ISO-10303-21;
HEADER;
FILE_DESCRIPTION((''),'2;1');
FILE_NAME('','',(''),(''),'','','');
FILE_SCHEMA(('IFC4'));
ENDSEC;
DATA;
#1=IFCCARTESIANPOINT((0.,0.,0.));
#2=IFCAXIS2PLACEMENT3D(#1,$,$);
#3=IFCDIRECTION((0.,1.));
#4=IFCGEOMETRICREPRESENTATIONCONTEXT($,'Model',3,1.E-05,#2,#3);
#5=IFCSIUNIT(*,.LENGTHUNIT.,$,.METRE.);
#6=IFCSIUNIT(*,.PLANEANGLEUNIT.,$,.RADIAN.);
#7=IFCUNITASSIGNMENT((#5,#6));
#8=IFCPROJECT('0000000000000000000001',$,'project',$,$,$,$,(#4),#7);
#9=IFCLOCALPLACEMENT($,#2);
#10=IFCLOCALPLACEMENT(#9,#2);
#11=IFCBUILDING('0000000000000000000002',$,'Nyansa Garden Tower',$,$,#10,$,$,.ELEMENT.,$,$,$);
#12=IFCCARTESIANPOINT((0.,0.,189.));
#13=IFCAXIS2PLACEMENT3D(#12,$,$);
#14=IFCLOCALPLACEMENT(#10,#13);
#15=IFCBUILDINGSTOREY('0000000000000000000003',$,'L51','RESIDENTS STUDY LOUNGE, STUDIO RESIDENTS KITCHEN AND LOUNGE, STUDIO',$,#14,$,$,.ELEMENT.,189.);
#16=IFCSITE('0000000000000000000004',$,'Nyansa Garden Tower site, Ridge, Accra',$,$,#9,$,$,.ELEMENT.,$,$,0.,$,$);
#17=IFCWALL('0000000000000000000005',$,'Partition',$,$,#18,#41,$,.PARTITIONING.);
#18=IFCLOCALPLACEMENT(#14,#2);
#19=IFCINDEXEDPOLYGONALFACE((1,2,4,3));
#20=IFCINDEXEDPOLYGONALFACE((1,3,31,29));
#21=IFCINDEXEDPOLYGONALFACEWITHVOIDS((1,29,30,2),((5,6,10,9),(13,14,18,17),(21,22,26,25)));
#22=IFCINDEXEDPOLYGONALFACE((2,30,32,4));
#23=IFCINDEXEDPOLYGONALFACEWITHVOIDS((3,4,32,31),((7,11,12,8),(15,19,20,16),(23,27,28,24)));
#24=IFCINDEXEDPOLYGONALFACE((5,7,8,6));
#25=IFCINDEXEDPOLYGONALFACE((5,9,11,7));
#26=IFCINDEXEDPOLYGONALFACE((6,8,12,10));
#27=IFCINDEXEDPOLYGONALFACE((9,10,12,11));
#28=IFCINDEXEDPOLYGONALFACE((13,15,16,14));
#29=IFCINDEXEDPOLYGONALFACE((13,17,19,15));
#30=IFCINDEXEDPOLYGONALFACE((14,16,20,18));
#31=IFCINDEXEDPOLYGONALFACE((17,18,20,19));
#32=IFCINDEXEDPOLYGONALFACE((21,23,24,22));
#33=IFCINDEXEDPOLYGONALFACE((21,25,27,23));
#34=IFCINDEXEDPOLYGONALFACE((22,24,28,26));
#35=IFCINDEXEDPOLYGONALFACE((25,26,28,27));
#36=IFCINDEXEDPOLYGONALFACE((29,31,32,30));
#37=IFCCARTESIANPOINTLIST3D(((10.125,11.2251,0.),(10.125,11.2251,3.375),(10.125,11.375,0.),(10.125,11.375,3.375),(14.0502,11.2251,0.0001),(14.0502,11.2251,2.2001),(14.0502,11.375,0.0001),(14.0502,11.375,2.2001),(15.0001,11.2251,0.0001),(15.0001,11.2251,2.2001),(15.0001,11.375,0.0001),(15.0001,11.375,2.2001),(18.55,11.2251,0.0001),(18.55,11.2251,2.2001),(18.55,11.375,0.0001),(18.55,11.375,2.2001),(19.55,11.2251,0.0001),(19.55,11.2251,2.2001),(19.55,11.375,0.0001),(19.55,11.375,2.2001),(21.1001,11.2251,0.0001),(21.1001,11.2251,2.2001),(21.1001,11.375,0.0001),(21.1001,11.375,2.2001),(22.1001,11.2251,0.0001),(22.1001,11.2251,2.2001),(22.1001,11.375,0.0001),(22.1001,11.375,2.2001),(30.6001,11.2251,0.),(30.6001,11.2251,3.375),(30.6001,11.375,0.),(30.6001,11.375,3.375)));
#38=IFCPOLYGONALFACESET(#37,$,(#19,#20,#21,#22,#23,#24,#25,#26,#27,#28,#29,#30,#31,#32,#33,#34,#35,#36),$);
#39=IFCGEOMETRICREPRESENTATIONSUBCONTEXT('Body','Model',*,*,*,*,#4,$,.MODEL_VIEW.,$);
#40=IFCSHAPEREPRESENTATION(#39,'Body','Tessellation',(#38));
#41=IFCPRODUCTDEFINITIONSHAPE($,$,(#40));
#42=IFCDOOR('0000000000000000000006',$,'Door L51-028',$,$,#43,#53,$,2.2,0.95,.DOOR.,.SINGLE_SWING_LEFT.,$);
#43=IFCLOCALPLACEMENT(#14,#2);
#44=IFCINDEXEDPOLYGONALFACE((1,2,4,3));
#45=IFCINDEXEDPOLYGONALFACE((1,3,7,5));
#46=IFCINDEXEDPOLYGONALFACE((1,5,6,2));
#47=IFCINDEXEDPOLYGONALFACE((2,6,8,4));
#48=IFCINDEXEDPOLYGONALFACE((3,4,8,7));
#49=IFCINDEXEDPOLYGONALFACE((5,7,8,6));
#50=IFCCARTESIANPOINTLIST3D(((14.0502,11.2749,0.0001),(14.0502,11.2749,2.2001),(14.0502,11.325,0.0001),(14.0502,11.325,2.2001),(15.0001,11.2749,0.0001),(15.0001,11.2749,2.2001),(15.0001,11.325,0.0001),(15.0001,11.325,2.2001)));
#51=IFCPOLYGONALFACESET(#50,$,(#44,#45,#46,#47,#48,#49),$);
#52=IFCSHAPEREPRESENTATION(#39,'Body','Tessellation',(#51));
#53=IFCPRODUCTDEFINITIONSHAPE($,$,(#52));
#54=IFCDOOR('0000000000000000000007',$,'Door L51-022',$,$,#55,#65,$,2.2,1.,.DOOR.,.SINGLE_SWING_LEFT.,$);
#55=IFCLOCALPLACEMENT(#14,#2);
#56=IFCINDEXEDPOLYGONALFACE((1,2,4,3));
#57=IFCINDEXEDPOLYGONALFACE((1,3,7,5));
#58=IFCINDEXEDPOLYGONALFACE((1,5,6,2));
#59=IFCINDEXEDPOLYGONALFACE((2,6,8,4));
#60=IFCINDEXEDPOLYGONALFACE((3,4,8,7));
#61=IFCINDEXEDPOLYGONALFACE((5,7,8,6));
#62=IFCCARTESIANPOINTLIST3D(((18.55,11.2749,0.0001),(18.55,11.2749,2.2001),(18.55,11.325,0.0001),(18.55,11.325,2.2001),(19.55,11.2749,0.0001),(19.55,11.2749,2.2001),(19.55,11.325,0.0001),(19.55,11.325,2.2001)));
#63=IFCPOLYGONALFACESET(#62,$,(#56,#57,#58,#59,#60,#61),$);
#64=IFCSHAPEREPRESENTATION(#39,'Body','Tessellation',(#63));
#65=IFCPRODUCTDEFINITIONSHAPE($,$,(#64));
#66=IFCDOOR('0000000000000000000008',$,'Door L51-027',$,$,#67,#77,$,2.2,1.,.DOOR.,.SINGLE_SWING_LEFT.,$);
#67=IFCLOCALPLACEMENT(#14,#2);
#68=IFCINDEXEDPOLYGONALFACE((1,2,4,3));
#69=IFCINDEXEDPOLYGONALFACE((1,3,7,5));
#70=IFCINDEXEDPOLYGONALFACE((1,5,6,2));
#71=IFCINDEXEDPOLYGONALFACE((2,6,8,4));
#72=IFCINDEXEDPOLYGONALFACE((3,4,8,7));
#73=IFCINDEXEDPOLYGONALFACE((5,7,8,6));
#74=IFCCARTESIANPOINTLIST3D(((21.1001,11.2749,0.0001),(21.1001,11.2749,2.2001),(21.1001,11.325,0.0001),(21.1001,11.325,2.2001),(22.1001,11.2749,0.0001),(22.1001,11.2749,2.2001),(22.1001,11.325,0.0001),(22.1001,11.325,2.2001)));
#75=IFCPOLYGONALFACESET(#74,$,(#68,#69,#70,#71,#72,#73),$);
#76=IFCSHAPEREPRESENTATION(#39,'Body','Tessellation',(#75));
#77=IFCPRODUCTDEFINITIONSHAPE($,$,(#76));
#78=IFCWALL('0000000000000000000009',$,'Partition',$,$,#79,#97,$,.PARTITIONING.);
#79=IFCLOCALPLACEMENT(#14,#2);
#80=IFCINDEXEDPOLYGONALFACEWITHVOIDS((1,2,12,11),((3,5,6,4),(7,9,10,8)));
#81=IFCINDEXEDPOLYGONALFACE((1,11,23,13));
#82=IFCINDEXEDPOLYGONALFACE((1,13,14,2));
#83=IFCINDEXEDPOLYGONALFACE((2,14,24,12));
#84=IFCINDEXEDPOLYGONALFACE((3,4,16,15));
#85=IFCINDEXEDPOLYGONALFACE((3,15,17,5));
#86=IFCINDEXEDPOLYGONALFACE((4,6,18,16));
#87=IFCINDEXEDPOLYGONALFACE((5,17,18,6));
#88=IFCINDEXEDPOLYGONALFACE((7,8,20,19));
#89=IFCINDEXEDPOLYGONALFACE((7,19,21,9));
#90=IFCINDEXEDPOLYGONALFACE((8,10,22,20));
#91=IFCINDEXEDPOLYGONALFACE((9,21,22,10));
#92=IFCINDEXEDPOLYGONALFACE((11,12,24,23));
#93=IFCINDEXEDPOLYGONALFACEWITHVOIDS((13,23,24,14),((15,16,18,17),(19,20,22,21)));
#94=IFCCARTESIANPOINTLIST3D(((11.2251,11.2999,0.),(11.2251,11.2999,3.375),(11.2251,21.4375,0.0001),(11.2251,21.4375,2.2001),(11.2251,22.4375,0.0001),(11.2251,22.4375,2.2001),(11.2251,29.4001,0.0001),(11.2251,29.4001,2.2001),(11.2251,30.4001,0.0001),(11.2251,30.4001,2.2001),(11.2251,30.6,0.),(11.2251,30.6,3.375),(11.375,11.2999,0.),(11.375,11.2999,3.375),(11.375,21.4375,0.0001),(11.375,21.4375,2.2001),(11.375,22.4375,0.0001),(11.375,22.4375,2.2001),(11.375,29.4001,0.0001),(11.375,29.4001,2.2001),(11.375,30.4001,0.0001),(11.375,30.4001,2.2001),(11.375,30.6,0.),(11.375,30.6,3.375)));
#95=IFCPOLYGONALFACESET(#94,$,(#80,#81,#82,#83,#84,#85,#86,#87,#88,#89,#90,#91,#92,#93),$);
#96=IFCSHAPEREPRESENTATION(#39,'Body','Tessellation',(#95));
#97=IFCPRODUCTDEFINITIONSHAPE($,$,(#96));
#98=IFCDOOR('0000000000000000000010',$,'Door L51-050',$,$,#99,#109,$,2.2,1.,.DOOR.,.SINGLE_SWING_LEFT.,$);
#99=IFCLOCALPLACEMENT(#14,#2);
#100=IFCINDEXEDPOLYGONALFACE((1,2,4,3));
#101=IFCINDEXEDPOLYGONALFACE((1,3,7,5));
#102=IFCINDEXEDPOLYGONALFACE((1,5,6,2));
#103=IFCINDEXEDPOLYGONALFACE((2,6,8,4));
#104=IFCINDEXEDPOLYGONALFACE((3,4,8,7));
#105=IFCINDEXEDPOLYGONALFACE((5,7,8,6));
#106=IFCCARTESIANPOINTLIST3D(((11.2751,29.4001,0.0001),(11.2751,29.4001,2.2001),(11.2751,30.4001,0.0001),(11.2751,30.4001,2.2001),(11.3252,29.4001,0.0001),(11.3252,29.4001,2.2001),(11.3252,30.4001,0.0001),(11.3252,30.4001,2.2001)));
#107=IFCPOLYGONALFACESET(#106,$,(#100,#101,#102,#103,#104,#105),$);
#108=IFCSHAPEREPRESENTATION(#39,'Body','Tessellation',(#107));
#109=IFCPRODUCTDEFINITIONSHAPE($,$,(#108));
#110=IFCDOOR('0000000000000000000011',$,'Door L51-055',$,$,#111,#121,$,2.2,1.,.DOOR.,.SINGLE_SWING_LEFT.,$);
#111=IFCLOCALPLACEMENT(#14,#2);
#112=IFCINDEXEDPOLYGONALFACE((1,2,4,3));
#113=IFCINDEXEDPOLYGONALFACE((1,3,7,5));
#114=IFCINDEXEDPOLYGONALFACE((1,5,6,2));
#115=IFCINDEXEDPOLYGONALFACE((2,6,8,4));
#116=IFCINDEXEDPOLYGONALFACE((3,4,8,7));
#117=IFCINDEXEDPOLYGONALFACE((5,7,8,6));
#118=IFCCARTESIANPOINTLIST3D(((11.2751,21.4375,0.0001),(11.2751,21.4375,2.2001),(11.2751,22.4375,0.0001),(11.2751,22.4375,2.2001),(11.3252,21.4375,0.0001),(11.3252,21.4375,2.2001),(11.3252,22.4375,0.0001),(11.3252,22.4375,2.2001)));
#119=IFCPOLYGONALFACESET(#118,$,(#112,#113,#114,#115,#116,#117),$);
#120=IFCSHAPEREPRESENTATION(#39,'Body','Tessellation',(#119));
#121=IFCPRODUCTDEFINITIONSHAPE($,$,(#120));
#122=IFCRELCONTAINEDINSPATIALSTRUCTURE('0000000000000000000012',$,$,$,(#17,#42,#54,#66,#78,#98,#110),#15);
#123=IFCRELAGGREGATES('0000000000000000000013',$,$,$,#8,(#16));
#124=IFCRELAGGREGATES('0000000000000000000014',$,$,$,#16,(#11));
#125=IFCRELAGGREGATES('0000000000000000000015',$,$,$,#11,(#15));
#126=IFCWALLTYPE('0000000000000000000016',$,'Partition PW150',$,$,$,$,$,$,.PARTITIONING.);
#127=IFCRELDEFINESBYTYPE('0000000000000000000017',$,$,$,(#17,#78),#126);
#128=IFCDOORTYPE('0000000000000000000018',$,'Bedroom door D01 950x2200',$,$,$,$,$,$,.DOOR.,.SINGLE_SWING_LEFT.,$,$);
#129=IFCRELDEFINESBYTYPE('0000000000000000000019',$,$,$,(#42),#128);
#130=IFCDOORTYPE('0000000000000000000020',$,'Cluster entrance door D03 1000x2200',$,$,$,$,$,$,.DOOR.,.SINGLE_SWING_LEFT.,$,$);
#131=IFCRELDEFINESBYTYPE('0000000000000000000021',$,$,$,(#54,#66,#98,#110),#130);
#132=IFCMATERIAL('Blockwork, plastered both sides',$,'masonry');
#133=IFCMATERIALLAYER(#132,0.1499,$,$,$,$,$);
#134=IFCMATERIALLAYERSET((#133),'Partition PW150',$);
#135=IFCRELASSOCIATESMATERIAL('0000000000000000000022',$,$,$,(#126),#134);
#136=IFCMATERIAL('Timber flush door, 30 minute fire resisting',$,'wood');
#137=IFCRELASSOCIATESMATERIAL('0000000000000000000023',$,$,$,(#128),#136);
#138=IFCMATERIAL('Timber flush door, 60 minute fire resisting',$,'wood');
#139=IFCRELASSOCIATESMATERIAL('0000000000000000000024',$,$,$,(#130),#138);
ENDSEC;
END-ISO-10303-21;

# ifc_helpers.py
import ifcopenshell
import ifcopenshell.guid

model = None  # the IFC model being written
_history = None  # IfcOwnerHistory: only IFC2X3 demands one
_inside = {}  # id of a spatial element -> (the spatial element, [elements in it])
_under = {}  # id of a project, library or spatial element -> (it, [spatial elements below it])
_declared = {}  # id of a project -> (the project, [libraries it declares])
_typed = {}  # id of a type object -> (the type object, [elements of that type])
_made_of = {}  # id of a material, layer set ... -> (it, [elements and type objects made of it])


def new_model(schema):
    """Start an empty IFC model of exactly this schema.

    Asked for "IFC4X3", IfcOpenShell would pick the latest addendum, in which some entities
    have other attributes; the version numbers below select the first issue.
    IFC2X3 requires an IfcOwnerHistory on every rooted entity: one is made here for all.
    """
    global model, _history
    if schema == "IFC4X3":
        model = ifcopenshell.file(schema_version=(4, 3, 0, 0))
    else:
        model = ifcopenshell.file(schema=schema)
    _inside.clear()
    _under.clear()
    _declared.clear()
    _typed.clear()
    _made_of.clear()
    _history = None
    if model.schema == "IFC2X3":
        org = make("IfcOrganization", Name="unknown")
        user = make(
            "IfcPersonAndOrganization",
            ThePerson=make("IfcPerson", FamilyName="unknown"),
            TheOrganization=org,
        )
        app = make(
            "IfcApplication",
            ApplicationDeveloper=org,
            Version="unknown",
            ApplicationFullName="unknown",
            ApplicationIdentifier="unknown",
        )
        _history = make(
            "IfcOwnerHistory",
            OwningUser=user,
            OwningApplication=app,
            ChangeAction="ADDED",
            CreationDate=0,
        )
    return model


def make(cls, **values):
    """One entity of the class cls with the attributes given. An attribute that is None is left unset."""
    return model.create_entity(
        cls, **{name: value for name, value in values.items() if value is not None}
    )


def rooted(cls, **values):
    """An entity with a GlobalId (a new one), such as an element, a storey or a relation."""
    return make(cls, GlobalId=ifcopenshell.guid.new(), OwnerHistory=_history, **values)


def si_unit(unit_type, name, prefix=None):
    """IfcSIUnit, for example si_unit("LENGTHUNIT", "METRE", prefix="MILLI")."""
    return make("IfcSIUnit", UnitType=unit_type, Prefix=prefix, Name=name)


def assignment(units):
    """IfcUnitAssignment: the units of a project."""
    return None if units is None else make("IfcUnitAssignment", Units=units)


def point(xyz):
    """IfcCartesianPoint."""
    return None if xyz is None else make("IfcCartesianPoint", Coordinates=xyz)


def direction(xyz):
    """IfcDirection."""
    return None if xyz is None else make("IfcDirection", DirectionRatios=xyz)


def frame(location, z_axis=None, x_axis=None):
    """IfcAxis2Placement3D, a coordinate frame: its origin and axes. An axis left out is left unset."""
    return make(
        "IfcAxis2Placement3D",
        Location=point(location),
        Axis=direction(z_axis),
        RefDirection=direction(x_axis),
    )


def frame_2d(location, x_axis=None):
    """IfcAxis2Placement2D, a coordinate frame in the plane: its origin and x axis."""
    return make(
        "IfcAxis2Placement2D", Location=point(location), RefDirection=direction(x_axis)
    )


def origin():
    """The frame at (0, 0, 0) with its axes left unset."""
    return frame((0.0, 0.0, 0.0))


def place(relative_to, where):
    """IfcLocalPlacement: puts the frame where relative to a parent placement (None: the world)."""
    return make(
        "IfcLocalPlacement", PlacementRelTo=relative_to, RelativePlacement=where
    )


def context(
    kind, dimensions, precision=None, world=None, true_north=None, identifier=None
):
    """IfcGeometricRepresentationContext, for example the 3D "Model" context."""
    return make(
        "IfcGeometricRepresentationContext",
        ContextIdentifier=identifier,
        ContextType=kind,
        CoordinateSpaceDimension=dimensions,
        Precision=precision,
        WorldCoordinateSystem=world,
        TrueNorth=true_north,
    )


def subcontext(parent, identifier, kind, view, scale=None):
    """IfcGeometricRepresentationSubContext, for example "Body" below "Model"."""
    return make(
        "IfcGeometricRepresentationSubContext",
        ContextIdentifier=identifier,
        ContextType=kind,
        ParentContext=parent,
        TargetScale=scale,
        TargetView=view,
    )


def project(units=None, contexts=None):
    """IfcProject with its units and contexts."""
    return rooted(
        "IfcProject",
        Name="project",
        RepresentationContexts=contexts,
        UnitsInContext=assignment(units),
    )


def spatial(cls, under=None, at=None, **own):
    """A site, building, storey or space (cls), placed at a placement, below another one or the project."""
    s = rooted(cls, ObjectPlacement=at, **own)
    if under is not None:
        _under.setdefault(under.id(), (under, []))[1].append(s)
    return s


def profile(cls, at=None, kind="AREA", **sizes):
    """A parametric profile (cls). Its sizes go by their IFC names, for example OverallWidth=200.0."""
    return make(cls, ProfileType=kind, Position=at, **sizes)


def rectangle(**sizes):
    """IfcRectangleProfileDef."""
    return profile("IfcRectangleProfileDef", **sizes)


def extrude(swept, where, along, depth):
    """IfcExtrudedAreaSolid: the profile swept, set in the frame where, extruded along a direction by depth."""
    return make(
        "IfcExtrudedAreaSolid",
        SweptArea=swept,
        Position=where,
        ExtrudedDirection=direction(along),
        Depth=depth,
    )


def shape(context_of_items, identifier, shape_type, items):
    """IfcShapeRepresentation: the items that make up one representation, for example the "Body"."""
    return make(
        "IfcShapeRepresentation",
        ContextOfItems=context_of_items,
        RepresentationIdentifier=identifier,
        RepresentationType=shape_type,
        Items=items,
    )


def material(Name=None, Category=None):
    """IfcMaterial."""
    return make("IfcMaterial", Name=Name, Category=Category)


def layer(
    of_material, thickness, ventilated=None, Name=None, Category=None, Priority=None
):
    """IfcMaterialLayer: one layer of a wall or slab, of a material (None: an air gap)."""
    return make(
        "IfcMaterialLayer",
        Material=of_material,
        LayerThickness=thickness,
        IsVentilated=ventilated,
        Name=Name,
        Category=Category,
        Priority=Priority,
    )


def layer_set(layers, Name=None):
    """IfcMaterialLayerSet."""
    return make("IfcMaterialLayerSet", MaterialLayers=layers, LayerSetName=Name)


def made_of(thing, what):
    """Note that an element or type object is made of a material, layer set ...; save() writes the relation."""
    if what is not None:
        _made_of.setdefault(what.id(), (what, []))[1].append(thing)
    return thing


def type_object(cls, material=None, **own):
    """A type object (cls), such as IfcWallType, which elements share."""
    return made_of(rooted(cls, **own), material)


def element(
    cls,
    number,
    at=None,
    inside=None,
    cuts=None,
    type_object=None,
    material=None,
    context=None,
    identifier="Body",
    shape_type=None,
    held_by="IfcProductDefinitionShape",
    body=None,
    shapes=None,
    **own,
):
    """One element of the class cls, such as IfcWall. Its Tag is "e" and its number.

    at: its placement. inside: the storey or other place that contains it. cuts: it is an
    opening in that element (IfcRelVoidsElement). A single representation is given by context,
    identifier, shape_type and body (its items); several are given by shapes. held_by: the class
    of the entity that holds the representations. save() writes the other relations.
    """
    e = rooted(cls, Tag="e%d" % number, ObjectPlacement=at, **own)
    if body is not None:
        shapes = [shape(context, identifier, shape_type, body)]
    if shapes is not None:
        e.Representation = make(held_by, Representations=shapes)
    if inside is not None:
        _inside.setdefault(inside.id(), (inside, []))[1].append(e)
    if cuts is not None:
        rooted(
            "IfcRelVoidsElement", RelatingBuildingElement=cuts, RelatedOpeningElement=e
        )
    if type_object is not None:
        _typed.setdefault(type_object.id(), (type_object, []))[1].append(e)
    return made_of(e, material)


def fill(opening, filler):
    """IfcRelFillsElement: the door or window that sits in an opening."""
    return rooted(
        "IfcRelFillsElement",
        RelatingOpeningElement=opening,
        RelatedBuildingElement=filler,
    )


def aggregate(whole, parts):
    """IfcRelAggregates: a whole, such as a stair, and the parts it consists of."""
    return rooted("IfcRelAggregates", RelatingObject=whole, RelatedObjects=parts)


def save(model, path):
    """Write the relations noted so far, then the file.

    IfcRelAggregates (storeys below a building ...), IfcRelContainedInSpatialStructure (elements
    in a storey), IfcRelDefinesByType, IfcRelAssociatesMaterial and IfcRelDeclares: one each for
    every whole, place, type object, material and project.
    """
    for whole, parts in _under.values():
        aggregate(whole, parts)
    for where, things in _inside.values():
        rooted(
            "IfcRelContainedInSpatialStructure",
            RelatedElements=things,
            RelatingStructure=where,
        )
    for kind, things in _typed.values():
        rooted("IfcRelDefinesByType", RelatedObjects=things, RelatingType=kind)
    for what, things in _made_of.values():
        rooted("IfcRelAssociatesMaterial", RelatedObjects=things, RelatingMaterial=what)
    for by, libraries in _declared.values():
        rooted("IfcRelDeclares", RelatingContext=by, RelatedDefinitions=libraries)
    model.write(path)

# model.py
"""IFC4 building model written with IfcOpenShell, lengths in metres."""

from ifc_helpers import new_model, si_unit, direction, frame, frame_2d, origin, place, context, subcontext, project, spatial, rectangle, extrude, material, layer, layer_set, type_object, element, fill, save


model = new_model("IFC4")

# Units and contexts
model_context = context("Model", 3, precision=1e-05, world=origin(), true_north=direction((0.0, 1.0)))
body_context = subcontext(model_context, "Body", "Model", "MODEL_VIEW")
ifc_project = project(units=[si_unit("LENGTHUNIT", "METRE"), si_unit("PLANEANGLEUNIT", "RADIAN")], contexts=[model_context])

# Site, building, storey
site_placement = place(None, origin())
site = spatial("IfcSite", under=ifc_project, at=site_placement, Name="Nyansa Garden Tower site, Ridge, Accra", CompositionType="ELEMENT", RefElevation=0.0)
building_placement = place(site_placement, origin())
building = spatial("IfcBuilding", under=site, at=building_placement, Name="Nyansa Garden Tower", CompositionType="ELEMENT")
storey_placement = place(building_placement, frame((0.0, 0.0, 189.0)))
storey = spatial("IfcBuildingStorey", under=building, at=storey_placement, Name="L51", Description="RESIDENTS STUDY LOUNGE, STUDIO RESIDENTS KITCHEN AND LOUNGE, STUDIO", CompositionType="ELEMENT", Elevation=189.0)

# Shared definitions
ifc_material_1 = material(Name="Blockwork, plastered both sides", Category="masonry")
ifc_layer_1 = layer(ifc_material_1, 0.1499)
ifc_layer_set_1 = layer_set([ifc_layer_1], Name="Partition PW150")
wall_type_1 = type_object("IfcWallType", Name="Partition PW150", PredefinedType="PARTITIONING", material=ifc_layer_set_1)

# Walls, openings, doors
wall_1_placement = place(storey_placement, frame((10.125, 11.3, 0.0), z_axis=(0.0, 0.0, 1.0), x_axis=(1.0, 0.0, 0.0)))
wall_1 = element("IfcWall", 1, at=wall_1_placement, inside=storey, type_object=wall_type_1, Name="Partition", PredefinedType="PARTITIONING", context=body_context, shape_type="SweptSolid", body=[
    extrude(rectangle(XDim=20.4751, YDim=0.1499, at=frame_2d((10.2375, 0.0))), origin(), (0.0, 0.0, 1.0), 3.375),
])
opening_1_placement = place(wall_1_placement, frame((8.425, 0.0, 0.0)))
opening_1 = element("IfcOpeningElement", 2, at=opening_1_placement, cuts=wall_1, PredefinedType="OPENING", context=body_context, shape_type="SweptSolid", body=[
    extrude(rectangle(XDim=1.0, YDim=2.2, at=frame_2d((0.5, 1.1001))), frame((0.0, 0.085, 0.0), z_axis=(0.0, -1.0, 0.0), x_axis=(1.0, 0.0, 0.0)), (0.0, 0.0, 1.0), 0.1699),
])
opening_2_placement = place(wall_1_placement, frame((10.9751, 0.0, 0.0)))
opening_2 = element("IfcOpeningElement", 3, at=opening_2_placement, cuts=wall_1, PredefinedType="OPENING", context=body_context, shape_type="SweptSolid", body=[
    extrude(rectangle(XDim=1.0, YDim=2.2, at=frame_2d((0.5, 1.1001))), frame((0.0, 0.085, 0.0), z_axis=(0.0, -1.0, 0.0), x_axis=(1.0, 0.0, 0.0)), (0.0, 0.0, 1.0), 0.1699),
])
opening_3_placement = place(wall_1_placement, frame((3.925, 0.0, 0.0)))
opening_3 = element("IfcOpeningElement", 4, at=opening_3_placement, cuts=wall_1, PredefinedType="OPENING", context=body_context, shape_type="SweptSolid", body=[
    extrude(rectangle(XDim=0.95, YDim=2.2, at=frame_2d((0.4751, 1.1001))), frame((0.0, 0.085, 0.0), z_axis=(0.0, -1.0, 0.0), x_axis=(1.0, 0.0, 0.0)), (0.0, 0.0, 1.0), 0.1699),
])
ifc_material_2 = material(Name="Timber flush door, 30 minute fire resisting", Category="wood")
door_type_1 = type_object("IfcDoorType", Name="Bedroom door D01 950x2200", OperationType="SINGLE_SWING_LEFT", PredefinedType="DOOR", material=ifc_material_2)
door_1_placement = place(opening_3_placement, origin())
door_1 = element("IfcDoor", 5, at=door_1_placement, inside=storey, type_object=door_type_1, Name="Door L51-028", OperationType="SINGLE_SWING_LEFT", OverallHeight=2.2, OverallWidth=0.95, PredefinedType="DOOR", context=body_context, shape_type="SweptSolid", body=[
    extrude(rectangle(XDim=0.95, YDim=2.2, at=frame_2d((0.4751, 1.1001))), frame((0.0, 0.0249, 0.0), z_axis=(0.0, -1.0, 0.0), x_axis=(1.0, 0.0, 0.0)), (0.0, 0.0, 1.0), 0.05),
])
fill(opening_3, door_1)
ifc_material_3 = material(Name="Timber flush door, 60 minute fire resisting", Category="wood")
door_type_2 = type_object("IfcDoorType", Name="Cluster entrance door D03 1000x2200", OperationType="SINGLE_SWING_LEFT", PredefinedType="DOOR", material=ifc_material_3)
door_2_placement = place(opening_1_placement, origin())
door_2 = element("IfcDoor", 6, at=door_2_placement, inside=storey, type_object=door_type_2, Name="Door L51-022", OperationType="SINGLE_SWING_LEFT", OverallHeight=2.2, OverallWidth=1.0, PredefinedType="DOOR", context=body_context, shape_type="SweptSolid", body=[
    extrude(rectangle(XDim=1.0, YDim=2.2, at=frame_2d((0.5, 1.1001))), frame((0.0, 0.0249, 0.0), z_axis=(0.0, -1.0, 0.0), x_axis=(1.0, 0.0, 0.0)), (0.0, 0.0, 1.0), 0.05),
])
fill(opening_1, door_2)
door_3_placement = place(opening_2_placement, origin())
door_3 = element("IfcDoor", 7, at=door_3_placement, inside=storey, type_object=door_type_2, Name="Door L51-027", OperationType="SINGLE_SWING_LEFT", OverallHeight=2.2, OverallWidth=1.0, PredefinedType="DOOR", context=body_context, shape_type="SweptSolid", body=[
    extrude(rectangle(XDim=1.0, YDim=2.2, at=frame_2d((0.5, 1.1001))), frame((0.0, 0.0249, 0.0), z_axis=(0.0, -1.0, 0.0), x_axis=(1.0, 0.0, 0.0)), (0.0, 0.0, 1.0), 0.05),
])
fill(opening_2, door_3)
wall_2_placement = place(storey_placement, frame((11.3, 11.3, 0.0), z_axis=(0.0, 0.0, 1.0), x_axis=(0.0, 1.0, 0.0)))
wall_2 = element("IfcWall", 8, at=wall_2_placement, inside=storey, type_object=wall_type_1, Name="Partition", PredefinedType="PARTITIONING", context=body_context, shape_type="SweptSolid", body=[
    extrude(rectangle(XDim=19.3, YDim=0.1499, at=frame_2d((9.6499, 0.0))), origin(), (0.0, 0.0, 1.0), 3.375),
])
opening_4_placement = place(wall_2_placement, frame((18.1001, 0.0, 0.0)))
opening_4 = element("IfcOpeningElement", 9, at=opening_4_placement, cuts=wall_2, PredefinedType="OPENING", context=body_context, shape_type="SweptSolid", body=[
    extrude(rectangle(XDim=1.0, YDim=2.2, at=frame_2d((0.5, 1.1001))), frame((0.0, 0.085, 0.0), z_axis=(0.0, -1.0, 0.0), x_axis=(1.0, 0.0, 0.0)), (0.0, 0.0, 1.0), 0.1699),
])
opening_5_placement = place(wall_2_placement, frame((10.1375, 0.0, 0.0)))
opening_5 = element("IfcOpeningElement", 10, at=opening_5_placement, cuts=wall_2, PredefinedType="OPENING", context=body_context, shape_type="SweptSolid", body=[
    extrude(rectangle(XDim=1.0, YDim=2.2, at=frame_2d((0.5, 1.1001))), frame((0.0, 0.085, 0.0), z_axis=(0.0, -1.0, 0.0), x_axis=(1.0, 0.0, 0.0)), (0.0, 0.0, 1.0), 0.1699),
])
door_4_placement = place(opening_4_placement, origin())
door_4 = element("IfcDoor", 11, at=door_4_placement, inside=storey, type_object=door_type_2, Name="Door L51-050", OperationType="SINGLE_SWING_LEFT", OverallHeight=2.2, OverallWidth=1.0, PredefinedType="DOOR", context=body_context, shape_type="SweptSolid", body=[
    extrude(rectangle(XDim=1.0, YDim=2.2, at=frame_2d((0.5, 1.1001))), frame((0.0, 0.0249, 0.0), z_axis=(0.0, -1.0, 0.0), x_axis=(1.0, 0.0, 0.0)), (0.0, 0.0, 1.0), 0.05),
])
fill(opening_4, door_4)
door_5_placement = place(opening_5_placement, origin())
door_5 = element("IfcDoor", 12, at=door_5_placement, inside=storey, type_object=door_type_2, Name="Door L51-055", OperationType="SINGLE_SWING_LEFT", OverallHeight=2.2, OverallWidth=1.0, PredefinedType="DOOR", context=body_context, shape_type="SweptSolid", body=[
    extrude(rectangle(XDim=1.0, YDim=2.2, at=frame_2d((0.5, 1.1001))), frame((0.0, 0.0249, 0.0), z_axis=(0.0, -1.0, 0.0), x_axis=(1.0, 0.0, 0.0)), (0.0, 0.0, 1.0), 0.05),
])
fill(opening_5, door_5)

save(model, "model.ifc")
